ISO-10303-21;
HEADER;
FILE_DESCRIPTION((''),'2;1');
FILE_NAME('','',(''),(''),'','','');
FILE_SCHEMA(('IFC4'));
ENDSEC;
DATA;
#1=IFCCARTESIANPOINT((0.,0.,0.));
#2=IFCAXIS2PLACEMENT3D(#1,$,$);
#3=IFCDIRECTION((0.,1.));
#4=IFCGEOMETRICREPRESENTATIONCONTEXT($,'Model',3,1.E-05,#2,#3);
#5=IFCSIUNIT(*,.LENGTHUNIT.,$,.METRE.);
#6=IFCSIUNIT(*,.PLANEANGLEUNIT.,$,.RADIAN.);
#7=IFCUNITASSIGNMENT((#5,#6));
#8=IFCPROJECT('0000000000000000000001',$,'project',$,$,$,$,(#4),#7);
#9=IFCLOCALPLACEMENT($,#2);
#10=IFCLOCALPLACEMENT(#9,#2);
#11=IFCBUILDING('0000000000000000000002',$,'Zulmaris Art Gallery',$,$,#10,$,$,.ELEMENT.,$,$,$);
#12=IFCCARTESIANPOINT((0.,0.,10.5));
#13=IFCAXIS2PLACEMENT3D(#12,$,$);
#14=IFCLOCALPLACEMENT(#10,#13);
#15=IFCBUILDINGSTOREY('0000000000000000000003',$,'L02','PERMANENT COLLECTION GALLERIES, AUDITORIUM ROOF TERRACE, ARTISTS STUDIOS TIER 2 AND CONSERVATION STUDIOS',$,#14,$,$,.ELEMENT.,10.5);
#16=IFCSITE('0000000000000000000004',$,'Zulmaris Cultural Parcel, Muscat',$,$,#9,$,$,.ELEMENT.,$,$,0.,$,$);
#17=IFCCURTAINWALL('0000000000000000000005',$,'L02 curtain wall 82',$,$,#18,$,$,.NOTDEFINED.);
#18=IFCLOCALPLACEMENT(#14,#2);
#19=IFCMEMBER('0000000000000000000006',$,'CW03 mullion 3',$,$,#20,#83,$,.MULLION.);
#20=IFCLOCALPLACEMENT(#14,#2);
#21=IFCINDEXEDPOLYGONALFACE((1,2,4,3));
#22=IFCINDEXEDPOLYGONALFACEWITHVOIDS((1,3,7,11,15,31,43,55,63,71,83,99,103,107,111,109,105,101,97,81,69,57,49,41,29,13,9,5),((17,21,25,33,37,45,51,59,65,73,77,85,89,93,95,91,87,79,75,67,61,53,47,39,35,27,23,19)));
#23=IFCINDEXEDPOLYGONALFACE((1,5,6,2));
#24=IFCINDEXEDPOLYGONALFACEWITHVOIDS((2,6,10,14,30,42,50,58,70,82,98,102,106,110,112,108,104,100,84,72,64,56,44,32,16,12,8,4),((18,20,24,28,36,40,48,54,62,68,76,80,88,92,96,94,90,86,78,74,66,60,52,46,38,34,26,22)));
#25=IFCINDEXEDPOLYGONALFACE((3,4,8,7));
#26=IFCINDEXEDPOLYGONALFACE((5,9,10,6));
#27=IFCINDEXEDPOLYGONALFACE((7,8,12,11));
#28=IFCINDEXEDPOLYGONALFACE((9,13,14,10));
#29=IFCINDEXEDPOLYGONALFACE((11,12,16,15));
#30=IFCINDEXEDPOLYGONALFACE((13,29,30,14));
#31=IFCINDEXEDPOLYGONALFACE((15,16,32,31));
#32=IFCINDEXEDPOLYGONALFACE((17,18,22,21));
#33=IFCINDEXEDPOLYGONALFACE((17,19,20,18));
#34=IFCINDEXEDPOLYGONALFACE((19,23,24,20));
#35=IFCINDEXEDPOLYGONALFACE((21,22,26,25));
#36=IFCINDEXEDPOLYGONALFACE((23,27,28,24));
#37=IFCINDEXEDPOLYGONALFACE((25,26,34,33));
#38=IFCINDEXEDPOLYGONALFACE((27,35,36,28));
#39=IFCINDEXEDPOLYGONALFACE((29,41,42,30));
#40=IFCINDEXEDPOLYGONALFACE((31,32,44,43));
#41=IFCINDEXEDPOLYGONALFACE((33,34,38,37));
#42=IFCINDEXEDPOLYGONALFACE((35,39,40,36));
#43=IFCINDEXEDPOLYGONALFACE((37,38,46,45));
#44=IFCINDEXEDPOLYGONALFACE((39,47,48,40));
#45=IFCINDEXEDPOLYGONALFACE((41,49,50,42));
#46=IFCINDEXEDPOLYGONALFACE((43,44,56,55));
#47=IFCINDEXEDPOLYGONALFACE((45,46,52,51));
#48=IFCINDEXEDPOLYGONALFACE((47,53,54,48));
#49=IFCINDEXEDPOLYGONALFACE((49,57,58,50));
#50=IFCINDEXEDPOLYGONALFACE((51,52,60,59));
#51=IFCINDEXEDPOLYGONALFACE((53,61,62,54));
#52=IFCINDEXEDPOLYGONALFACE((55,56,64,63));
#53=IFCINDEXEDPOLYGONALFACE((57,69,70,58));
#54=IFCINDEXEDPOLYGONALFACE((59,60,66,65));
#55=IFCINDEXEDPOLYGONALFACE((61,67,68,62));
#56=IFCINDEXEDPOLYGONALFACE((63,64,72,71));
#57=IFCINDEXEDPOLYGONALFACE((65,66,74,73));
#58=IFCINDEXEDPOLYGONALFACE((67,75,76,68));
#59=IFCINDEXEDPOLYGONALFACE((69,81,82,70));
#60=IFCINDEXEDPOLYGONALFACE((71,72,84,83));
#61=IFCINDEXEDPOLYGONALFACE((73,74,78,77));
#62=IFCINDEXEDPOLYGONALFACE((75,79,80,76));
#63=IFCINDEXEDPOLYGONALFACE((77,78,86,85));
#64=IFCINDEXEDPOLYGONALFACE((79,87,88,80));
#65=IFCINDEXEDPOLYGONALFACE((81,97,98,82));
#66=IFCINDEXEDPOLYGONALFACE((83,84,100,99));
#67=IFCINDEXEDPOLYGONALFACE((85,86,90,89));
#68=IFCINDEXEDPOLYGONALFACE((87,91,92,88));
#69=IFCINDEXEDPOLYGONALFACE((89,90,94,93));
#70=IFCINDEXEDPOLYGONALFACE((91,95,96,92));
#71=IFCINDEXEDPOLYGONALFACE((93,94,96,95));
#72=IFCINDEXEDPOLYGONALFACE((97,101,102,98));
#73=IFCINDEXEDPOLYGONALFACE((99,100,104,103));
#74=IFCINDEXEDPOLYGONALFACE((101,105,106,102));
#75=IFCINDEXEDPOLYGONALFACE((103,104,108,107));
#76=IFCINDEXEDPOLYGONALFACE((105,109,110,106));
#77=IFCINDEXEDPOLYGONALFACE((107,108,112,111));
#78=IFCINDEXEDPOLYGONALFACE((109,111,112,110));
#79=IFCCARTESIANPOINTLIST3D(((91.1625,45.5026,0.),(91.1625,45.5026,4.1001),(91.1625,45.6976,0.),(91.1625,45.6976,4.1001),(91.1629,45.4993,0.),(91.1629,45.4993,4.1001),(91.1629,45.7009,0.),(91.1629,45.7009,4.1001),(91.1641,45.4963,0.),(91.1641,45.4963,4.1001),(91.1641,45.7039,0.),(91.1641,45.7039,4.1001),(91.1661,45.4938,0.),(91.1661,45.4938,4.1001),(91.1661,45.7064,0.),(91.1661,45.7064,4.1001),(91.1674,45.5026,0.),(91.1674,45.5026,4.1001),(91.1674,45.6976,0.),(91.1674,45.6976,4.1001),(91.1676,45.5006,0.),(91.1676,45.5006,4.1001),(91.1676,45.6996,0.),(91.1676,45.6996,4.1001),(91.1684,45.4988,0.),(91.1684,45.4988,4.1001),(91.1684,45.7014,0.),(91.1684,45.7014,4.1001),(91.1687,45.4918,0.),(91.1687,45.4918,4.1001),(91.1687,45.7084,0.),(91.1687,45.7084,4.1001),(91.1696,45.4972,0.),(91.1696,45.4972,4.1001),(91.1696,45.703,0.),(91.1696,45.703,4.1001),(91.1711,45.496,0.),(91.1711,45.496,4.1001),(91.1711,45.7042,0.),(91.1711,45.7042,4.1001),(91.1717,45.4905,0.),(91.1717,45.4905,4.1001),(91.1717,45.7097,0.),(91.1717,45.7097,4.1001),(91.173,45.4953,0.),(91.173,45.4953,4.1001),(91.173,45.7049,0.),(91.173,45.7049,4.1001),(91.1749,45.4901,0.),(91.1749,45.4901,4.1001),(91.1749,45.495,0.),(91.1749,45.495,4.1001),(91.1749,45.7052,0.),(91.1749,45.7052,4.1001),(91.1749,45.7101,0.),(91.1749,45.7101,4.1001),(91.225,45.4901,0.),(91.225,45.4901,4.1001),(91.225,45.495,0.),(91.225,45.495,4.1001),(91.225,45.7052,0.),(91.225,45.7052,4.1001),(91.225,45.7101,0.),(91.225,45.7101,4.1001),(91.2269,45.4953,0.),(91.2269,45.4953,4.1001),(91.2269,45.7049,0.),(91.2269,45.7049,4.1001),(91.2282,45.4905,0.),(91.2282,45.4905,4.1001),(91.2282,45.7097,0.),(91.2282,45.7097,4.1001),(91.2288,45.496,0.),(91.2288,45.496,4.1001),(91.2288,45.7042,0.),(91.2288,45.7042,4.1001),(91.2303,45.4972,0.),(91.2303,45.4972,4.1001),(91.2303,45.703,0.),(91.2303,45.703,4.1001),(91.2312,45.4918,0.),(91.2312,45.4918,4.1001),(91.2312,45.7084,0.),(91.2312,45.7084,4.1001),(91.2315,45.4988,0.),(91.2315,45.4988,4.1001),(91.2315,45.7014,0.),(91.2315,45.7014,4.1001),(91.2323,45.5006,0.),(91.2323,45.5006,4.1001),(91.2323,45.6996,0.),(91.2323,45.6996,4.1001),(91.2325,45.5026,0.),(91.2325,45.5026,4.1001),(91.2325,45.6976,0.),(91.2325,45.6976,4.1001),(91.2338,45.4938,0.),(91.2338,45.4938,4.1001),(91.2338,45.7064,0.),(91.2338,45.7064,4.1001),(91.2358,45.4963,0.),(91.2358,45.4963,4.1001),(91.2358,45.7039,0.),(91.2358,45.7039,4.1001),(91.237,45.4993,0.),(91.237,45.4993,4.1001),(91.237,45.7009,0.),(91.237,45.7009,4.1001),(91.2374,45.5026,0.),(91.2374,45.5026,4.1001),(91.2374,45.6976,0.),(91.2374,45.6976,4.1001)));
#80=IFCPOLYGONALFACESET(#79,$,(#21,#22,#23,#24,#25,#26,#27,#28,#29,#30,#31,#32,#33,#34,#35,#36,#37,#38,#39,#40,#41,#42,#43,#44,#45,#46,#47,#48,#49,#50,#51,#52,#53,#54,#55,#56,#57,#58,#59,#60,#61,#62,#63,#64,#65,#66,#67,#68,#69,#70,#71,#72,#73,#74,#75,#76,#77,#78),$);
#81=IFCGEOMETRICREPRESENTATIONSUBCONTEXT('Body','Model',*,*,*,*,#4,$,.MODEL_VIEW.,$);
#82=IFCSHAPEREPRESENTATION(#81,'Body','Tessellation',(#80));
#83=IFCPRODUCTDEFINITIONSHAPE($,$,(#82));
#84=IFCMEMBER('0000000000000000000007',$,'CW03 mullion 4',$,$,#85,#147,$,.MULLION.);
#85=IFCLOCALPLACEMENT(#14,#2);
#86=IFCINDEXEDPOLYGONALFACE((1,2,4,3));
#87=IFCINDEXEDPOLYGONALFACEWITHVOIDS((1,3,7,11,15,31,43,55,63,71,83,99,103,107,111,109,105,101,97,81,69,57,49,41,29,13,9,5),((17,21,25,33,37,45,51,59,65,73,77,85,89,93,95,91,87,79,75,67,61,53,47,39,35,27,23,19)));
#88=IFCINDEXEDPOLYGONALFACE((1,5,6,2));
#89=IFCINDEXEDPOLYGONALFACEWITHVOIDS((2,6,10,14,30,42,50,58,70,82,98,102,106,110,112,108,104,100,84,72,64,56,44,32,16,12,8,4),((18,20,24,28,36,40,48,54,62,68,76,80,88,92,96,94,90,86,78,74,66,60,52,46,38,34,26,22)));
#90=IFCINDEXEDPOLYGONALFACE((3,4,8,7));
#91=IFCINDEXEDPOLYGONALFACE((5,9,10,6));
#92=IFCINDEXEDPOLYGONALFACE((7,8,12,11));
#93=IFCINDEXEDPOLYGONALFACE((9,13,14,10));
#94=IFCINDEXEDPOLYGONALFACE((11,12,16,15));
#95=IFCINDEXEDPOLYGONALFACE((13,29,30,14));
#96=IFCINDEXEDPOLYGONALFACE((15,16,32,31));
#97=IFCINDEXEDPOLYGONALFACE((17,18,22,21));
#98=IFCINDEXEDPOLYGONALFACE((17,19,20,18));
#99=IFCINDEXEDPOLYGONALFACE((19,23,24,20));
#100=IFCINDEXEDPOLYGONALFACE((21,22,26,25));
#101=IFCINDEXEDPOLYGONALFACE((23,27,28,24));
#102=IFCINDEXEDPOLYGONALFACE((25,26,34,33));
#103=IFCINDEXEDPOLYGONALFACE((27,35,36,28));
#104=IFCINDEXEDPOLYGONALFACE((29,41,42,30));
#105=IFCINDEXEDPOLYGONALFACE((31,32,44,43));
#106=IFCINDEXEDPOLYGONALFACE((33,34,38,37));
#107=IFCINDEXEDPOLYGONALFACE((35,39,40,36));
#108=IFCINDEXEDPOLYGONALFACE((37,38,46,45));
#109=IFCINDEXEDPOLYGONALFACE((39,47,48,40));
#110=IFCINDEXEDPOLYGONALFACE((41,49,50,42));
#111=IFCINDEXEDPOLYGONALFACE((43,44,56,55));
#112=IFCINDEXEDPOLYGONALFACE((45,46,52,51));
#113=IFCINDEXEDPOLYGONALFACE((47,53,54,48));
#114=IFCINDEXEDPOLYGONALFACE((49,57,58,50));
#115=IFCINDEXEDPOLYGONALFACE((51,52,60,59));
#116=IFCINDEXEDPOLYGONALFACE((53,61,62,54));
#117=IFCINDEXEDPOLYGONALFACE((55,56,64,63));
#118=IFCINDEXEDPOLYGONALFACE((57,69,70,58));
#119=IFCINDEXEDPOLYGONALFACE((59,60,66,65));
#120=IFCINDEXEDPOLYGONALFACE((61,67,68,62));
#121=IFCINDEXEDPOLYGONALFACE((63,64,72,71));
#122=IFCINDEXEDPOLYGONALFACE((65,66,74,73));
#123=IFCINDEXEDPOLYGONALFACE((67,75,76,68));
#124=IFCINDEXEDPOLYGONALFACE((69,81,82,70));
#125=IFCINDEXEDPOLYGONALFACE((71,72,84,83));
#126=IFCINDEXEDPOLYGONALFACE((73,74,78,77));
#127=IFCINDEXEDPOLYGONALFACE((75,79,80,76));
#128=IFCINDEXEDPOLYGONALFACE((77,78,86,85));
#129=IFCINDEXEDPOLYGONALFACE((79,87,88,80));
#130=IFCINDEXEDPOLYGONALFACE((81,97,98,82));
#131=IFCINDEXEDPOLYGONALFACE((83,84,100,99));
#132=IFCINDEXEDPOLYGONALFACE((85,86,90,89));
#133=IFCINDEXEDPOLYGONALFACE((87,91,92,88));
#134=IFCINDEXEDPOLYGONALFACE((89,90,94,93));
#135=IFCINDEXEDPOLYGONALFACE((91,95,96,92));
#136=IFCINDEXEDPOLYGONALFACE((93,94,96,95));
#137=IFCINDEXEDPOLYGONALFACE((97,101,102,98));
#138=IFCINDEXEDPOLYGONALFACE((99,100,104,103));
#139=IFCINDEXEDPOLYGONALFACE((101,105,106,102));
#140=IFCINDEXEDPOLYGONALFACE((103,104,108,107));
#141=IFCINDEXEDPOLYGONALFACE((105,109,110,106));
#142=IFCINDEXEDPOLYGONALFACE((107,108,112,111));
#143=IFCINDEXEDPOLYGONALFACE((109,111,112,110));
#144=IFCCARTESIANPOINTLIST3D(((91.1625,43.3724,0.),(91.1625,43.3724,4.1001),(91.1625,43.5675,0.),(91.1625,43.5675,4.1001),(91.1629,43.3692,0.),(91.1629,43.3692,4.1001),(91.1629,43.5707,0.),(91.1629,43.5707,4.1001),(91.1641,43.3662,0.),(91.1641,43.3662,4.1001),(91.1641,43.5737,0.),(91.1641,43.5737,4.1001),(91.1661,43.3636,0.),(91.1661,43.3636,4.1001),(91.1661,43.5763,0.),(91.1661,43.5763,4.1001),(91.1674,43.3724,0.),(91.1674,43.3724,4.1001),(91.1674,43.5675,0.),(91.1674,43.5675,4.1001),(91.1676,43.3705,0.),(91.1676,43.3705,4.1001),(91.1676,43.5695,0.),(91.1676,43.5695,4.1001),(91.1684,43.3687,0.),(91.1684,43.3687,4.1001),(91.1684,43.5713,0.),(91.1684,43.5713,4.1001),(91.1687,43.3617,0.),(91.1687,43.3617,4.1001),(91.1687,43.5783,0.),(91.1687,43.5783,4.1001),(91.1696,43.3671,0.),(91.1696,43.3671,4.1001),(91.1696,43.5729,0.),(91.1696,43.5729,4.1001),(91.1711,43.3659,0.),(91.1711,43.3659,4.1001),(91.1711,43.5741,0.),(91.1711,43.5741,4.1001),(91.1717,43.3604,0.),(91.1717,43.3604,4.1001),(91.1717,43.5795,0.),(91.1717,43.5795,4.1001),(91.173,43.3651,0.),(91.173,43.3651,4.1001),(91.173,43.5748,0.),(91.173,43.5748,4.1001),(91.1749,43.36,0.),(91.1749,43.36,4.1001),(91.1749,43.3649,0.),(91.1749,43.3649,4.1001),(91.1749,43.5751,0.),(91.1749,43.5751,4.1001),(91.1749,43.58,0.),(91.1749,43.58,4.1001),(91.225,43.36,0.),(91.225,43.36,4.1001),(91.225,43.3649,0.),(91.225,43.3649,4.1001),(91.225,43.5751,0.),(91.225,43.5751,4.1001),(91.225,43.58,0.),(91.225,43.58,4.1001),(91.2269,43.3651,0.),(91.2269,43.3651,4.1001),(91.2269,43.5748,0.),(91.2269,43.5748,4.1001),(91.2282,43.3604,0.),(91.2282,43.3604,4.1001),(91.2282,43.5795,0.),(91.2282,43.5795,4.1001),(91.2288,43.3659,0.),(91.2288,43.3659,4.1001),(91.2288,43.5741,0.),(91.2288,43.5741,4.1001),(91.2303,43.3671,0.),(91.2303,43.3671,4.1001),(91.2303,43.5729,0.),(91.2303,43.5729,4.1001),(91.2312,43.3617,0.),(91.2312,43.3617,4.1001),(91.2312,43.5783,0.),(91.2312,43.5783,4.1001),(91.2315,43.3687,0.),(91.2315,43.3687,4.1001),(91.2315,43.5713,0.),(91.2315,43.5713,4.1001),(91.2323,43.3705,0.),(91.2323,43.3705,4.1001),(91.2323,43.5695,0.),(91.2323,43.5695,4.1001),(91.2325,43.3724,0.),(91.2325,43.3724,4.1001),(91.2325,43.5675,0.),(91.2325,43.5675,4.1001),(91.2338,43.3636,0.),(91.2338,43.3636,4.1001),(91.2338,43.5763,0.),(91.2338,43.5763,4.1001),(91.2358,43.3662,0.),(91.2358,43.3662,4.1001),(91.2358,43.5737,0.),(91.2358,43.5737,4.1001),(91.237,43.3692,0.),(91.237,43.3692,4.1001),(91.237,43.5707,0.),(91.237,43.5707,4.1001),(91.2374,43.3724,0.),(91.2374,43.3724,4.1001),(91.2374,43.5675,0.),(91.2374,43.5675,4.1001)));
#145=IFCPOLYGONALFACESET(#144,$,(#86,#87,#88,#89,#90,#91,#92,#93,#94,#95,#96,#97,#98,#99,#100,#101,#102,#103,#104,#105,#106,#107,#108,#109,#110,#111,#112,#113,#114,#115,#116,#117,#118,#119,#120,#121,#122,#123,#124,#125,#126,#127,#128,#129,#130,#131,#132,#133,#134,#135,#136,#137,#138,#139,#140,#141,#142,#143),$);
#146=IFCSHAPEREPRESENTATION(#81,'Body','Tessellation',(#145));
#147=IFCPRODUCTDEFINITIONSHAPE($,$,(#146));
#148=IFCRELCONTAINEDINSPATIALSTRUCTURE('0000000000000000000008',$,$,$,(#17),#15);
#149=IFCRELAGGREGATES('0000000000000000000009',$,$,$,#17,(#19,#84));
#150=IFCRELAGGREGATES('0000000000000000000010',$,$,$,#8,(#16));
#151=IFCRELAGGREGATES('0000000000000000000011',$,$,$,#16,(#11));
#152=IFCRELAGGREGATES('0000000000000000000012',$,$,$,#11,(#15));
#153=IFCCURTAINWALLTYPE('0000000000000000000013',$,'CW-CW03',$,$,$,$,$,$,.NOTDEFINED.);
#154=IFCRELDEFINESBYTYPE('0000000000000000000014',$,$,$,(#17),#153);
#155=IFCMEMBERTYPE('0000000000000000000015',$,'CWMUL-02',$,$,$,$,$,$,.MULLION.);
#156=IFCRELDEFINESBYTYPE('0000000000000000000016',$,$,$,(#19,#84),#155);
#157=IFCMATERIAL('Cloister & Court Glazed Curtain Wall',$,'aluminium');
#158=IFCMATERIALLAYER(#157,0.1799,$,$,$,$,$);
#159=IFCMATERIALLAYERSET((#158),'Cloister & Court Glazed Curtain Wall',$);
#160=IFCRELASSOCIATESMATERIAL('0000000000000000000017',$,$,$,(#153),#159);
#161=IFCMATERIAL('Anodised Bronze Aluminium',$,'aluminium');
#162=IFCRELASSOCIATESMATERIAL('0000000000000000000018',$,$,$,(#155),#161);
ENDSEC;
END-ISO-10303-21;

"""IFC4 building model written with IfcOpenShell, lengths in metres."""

from ifc_helpers import new_model, si_unit, direction, frame, origin, origin_2d, place, context, subcontext, project, spatial, hollow_rectangle, extrude, material, layer, layer_set, material_profile, profile_set, type_object, element, aggregate, save


model = new_model("IFC4")

# Units and contexts
model_context = context("Model", 3, precision=1e-05, world=origin(), true_north=direction((0.0, 1.0)))
body_context = subcontext(model_context, "Body", "Model", "MODEL_VIEW")
ifc_project = project(units=[si_unit("LENGTHUNIT", "METRE"), si_unit("PLANEANGLEUNIT", "RADIAN")], contexts=[model_context])

# Site, building, storey
site_placement = place(None, origin())
site = spatial("IfcSite", under=ifc_project, at=site_placement, Name="Zulmaris Cultural Parcel, Muscat", CompositionType="ELEMENT", RefElevation=0.0)
building_placement = place(site_placement, origin())
building = spatial("IfcBuilding", under=site, at=building_placement, Name="Zulmaris Art Gallery", CompositionType="ELEMENT")
storey_placement = place(building_placement, frame((0.0, 0.0, 10.5)))
storey = spatial("IfcBuildingStorey", under=building, at=storey_placement, Name="L02", Description="PERMANENT COLLECTION GALLERIES, AUDITORIUM ROOF TERRACE, ARTISTS STUDIOS TIER 2 AND CONSERVATION STUDIOS", CompositionType="ELEMENT", Elevation=10.5)

# Curtain wall, members
ifc_material_1 = material(Name="Cloister & Court Glazed Curtain Wall", Category="aluminium")
ifc_layer_1 = layer(ifc_material_1, 0.1799)
ifc_layer_set_1 = layer_set([ifc_layer_1], Name="Cloister & Court Glazed Curtain Wall")
curtain_wall_type = type_object("IfcCurtainWallType", Name="CW-CW03", PredefinedType="NOTDEFINED", material=ifc_layer_set_1)
ifc_material_2 = material(Name="Anodised Bronze Aluminium", Category="aluminium")
ifc_material_profile_1 = material_profile(ifc_material_2, hollow_rectangle(XDim=0.075, YDim=0.22, WallThickness=0.0049, InnerFilletRadius=0.0076, OuterFilletRadius=0.0125, at=origin_2d()), Name="ALU 75x220x5")
ifc_profile_set_1 = profile_set([ifc_material_profile_1], Name="Anodised Bronze Aluminium")
member_type_1 = type_object("IfcMemberType", Name="CWMUL-02", PredefinedType="MULLION", material=ifc_profile_set_1)
curtain_wall_1_placement = place(storey_placement, origin())
curtain_wall_1 = element("IfcCurtainWall", 1, at=curtain_wall_1_placement, inside=storey, type_object=curtain_wall_type, Name="L02 curtain wall 82", PredefinedType="NOTDEFINED")
member_1_placement = place(storey_placement, frame((91.2, 45.6001, 0.0), z_axis=(0.0, 0.0, 1.0), x_axis=(1.0, 0.0, 0.0)))
member_1 = element("IfcMember", 2, at=member_1_placement, type_object=member_type_1, Name="CW03 mullion 3", PredefinedType="MULLION", context=body_context, shape_type="SweptSolid", body=[
    extrude(hollow_rectangle(XDim=0.075, YDim=0.22, WallThickness=0.0049, InnerFilletRadius=0.0076, OuterFilletRadius=0.0125, at=origin_2d()), origin(), (0.0, 0.0, 1.0), 4.1001),
])
member_2_placement = place(storey_placement, frame((91.2, 43.47, 0.0), z_axis=(0.0, 0.0, 1.0), x_axis=(1.0, 0.0, 0.0)))
member_2 = element("IfcMember", 3, at=member_2_placement, type_object=member_type_1, Name="CW03 mullion 4", PredefinedType="MULLION", context=body_context, shape_type="SweptSolid", body=[
    extrude(hollow_rectangle(XDim=0.075, YDim=0.22, WallThickness=0.0049, InnerFilletRadius=0.0076, OuterFilletRadius=0.0125, at=origin_2d()), origin(), (0.0, 0.0, 1.0), 4.1001),
])

aggregate(curtain_wall_1, [member_1, member_2])

save(model, "model.ifc")
